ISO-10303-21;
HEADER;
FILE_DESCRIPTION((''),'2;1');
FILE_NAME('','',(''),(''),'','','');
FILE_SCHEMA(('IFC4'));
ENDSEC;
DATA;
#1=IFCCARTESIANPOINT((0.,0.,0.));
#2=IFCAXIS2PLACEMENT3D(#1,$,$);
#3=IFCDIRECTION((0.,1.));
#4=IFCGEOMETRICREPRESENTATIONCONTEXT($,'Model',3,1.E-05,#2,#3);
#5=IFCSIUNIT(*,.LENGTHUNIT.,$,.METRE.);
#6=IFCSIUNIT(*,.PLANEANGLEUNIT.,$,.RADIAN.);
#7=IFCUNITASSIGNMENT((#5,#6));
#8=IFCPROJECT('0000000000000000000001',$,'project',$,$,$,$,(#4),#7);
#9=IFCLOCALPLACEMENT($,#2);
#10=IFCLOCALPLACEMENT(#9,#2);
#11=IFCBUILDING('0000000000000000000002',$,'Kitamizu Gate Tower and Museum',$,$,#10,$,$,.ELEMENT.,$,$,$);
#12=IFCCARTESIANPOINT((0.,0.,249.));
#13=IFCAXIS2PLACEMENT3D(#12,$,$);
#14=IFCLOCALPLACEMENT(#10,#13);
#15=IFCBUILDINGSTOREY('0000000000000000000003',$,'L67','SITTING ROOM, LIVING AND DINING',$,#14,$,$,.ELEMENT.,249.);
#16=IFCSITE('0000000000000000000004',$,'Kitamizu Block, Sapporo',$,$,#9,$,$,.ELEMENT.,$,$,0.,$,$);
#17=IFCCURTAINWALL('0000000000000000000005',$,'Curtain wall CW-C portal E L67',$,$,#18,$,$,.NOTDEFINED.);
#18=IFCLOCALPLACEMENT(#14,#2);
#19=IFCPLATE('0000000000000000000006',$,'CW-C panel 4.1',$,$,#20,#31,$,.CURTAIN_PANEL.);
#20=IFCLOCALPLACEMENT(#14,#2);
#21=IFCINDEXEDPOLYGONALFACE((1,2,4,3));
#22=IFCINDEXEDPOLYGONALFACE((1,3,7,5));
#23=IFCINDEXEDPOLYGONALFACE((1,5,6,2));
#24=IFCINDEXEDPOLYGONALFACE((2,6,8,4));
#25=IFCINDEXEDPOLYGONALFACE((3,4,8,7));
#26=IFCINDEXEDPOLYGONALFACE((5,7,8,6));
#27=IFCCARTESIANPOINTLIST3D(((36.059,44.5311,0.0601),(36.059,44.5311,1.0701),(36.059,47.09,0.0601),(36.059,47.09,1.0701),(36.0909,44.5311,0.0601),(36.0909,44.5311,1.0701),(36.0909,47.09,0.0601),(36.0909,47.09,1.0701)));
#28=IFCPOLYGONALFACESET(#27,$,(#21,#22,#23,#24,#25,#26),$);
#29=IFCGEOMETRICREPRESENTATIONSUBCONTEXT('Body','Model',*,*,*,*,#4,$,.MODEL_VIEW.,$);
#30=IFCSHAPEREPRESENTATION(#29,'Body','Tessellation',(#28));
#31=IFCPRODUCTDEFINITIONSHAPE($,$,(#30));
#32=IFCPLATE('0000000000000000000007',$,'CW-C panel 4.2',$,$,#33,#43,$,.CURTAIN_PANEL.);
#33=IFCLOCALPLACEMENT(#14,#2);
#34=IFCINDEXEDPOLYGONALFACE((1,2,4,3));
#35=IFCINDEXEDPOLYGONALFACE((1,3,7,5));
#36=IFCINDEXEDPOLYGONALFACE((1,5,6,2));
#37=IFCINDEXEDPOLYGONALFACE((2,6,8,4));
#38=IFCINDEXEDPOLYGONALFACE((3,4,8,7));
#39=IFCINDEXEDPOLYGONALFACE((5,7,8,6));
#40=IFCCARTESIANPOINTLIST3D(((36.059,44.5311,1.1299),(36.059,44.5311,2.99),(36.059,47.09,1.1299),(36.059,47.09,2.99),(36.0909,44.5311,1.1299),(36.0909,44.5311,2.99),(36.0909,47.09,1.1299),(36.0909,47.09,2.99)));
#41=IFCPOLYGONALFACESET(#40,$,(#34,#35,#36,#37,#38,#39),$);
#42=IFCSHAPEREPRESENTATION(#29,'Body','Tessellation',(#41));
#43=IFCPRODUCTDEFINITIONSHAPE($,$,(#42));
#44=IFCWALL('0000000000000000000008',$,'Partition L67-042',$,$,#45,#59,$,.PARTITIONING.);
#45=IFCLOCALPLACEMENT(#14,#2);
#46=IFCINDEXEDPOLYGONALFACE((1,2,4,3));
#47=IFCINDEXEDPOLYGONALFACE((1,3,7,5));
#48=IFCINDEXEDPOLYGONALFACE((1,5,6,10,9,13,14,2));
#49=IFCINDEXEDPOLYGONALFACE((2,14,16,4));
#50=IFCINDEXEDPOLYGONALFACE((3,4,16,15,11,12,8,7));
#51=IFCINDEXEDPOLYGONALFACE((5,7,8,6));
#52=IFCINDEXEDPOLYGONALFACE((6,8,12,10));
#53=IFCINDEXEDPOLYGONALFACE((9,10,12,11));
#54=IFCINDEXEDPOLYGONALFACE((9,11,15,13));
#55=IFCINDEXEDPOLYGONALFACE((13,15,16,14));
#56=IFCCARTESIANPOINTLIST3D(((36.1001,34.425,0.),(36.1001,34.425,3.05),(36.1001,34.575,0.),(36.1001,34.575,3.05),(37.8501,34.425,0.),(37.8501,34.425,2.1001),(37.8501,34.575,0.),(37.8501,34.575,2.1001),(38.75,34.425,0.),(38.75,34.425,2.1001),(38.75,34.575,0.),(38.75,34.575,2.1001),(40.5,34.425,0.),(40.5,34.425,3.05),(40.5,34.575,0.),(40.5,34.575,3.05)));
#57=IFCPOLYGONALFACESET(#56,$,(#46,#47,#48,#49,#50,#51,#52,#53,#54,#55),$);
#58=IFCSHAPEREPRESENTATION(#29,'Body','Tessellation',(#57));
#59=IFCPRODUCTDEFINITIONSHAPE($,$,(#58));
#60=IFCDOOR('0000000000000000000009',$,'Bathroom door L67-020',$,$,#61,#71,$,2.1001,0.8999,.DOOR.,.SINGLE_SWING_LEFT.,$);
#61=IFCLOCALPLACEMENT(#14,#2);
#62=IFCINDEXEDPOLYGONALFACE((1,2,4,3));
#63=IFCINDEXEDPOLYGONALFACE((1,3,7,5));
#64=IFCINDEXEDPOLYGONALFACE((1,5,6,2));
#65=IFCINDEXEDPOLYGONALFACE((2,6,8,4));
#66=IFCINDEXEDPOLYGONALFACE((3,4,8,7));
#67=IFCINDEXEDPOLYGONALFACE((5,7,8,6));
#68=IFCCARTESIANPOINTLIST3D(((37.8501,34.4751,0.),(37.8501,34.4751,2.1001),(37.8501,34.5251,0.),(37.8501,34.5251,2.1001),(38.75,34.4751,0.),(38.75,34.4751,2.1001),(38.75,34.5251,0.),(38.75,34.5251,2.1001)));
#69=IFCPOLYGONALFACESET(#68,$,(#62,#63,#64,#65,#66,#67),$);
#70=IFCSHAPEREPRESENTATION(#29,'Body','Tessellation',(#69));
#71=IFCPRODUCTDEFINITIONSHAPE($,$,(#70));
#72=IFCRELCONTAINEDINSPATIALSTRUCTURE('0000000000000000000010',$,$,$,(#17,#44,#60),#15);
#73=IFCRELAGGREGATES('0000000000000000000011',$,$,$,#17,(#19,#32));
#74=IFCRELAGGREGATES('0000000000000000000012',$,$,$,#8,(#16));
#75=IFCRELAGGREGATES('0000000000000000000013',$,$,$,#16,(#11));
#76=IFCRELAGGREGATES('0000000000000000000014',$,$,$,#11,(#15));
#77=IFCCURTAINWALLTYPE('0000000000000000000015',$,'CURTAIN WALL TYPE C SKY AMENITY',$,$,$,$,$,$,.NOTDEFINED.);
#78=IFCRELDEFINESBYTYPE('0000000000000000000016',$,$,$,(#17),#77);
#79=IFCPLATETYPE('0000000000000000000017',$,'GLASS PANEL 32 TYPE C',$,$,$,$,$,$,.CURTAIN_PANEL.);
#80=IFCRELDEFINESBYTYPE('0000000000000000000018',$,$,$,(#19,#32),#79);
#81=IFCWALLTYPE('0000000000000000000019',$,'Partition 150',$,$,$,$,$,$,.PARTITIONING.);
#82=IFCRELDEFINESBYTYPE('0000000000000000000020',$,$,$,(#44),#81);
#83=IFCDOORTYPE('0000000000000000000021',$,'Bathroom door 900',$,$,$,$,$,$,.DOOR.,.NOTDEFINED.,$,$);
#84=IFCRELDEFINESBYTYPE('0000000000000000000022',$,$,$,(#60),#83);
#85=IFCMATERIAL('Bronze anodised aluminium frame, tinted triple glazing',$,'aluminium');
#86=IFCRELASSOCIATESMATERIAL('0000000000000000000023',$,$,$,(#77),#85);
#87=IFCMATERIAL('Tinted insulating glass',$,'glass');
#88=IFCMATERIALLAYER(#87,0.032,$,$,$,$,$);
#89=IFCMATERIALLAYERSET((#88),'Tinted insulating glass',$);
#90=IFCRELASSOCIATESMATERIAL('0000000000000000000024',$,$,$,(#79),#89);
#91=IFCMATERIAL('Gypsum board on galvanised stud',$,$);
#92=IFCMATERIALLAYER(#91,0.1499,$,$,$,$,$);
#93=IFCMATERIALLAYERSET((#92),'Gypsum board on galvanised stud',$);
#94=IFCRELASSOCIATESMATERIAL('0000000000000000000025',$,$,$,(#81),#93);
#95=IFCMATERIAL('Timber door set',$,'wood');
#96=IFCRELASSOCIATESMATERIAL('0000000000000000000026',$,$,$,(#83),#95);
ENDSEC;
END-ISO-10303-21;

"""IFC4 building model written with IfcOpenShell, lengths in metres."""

from ifc_helpers import new_model, si_unit, direction, frame, frame_2d, origin, origin_2d, place, context, subcontext, project, spatial, rectangle, extrude, material, layer, layer_set, type_object, element, fill, aggregate, save


model = new_model("IFC4")

# Units and contexts
model_context = context("Model", 3, precision=1e-05, world=origin(), true_north=direction((0.0, 1.0)))
body_context = subcontext(model_context, "Body", "Model", "MODEL_VIEW")
ifc_project = project(units=[si_unit("LENGTHUNIT", "METRE"), si_unit("PLANEANGLEUNIT", "RADIAN")], contexts=[model_context])

# Site, building, storey
site_placement = place(None, origin())
site = spatial("IfcSite", under=ifc_project, at=site_placement, Name="Kitamizu Block, Sapporo", CompositionType="ELEMENT", RefElevation=0.0)
building_placement = place(site_placement, origin())
building = spatial("IfcBuilding", under=site, at=building_placement, Name="Kitamizu Gate Tower and Museum", CompositionType="ELEMENT")
storey_placement = place(building_placement, frame((0.0, 0.0, 249.0)))
storey = spatial("IfcBuildingStorey", under=building, at=storey_placement, Name="L67", Description="SITTING ROOM, LIVING AND DINING", CompositionType="ELEMENT", Elevation=249.0)

# Curtain wall
ifc_material_1 = material(Name="Bronze anodised aluminium frame, tinted triple glazing", Category="aluminium")
curtain_wall_type = type_object("IfcCurtainWallType", Name="CURTAIN WALL TYPE C SKY AMENITY", PredefinedType="NOTDEFINED", material=ifc_material_1)
curtain_wall_1_placement = place(storey_placement, origin())
curtain_wall_1 = element("IfcCurtainWall", 1, at=curtain_wall_1_placement, inside=storey, type_object=curtain_wall_type, Name="Curtain wall CW-C portal E L67", PredefinedType="NOTDEFINED")

# Plates
ifc_material_2 = material(Name="Tinted insulating glass", Category="glass")
ifc_layer_1 = layer(ifc_material_2, 0.032)
ifc_layer_set_1 = layer_set([ifc_layer_1], Name="Tinted insulating glass")
plate_type = type_object("IfcPlateType", Name="GLASS PANEL 32 TYPE C", PredefinedType="CURTAIN_PANEL", material=ifc_layer_set_1)
plate_1_placement = place(storey_placement, frame((36.075, 45.8105, 0.0601), z_axis=(0.0, 0.0, 1.0), x_axis=(0.0, 1.0, 0.0)))
plate_1 = element("IfcPlate", 2, at=plate_1_placement, type_object=plate_type, Name="CW-C panel 4.1", PredefinedType="CURTAIN_PANEL", context=body_context, shape_type="SweptSolid", body=[
    extrude(rectangle(XDim=2.5588, YDim=0.032, at=origin_2d()), origin(), (0.0, 0.0, 1.0), 1.01),
])
plate_2_placement = place(storey_placement, frame((36.075, 45.8105, 1.1299), z_axis=(0.0, 0.0, 1.0), x_axis=(0.0, 1.0, 0.0)))
plate_2 = element("IfcPlate", 3, at=plate_2_placement, type_object=plate_type, Name="CW-C panel 4.2", PredefinedType="CURTAIN_PANEL", context=body_context, shape_type="SweptSolid", body=[
    extrude(rectangle(XDim=2.5588, YDim=0.032, at=origin_2d()), origin(), (0.0, 0.0, 1.0), 1.8601),
])
aggregate(curtain_wall_1, [plate_1, plate_2])

# Wall, opening, door
ifc_material_3 = material(Name="Gypsum board on galvanised stud")
ifc_layer_2 = layer(ifc_material_3, 0.1499)
ifc_layer_set_2 = layer_set([ifc_layer_2], Name="Gypsum board on galvanised stud")
wall_type = type_object("IfcWallType", Name="Partition 150", PredefinedType="PARTITIONING", material=ifc_layer_set_2)
wall_placement = place(storey_placement, frame((36.1001, 34.5, 0.0), z_axis=(0.0, 0.0, 1.0), x_axis=(1.0, 0.0, 0.0)))
wall = element("IfcWall", 4, at=wall_placement, inside=storey, type_object=wall_type, Name="Partition L67-042", PredefinedType="PARTITIONING", context=body_context, shape_type="SweptSolid", body=[
    extrude(rectangle(XDim=4.3999, YDim=0.1499, at=frame_2d((2.2, 0.0))), origin(), (0.0, 0.0, 1.0), 3.05),
])
opening_placement = place(wall_placement, frame((1.75, 0.0, 0.0)))
opening = element("IfcOpeningElement", 5, at=opening_placement, cuts=wall, PredefinedType="OPENING", context=body_context, shape_type="SweptSolid", body=[
    extrude(rectangle(XDim=0.8999, YDim=2.1001, at=frame_2d((0.45, 1.05))), frame((0.0, 0.085, 0.0), z_axis=(0.0, -1.0, 0.0), x_axis=(1.0, 0.0, 0.0)), (0.0, 0.0, 1.0), 0.1699),
])
ifc_material_4 = material(Name="Timber door set", Category="wood")
door_type = type_object("IfcDoorType", Name="Bathroom door 900", OperationType="NOTDEFINED", PredefinedType="DOOR", material=ifc_material_4)
door_placement = place(opening_placement, frame((0.8999, 0.0, 0.0), x_axis=(-1.0, 0.0, 0.0)))
door = element("IfcDoor", 6, at=door_placement, inside=storey, type_object=door_type, Name="Bathroom door L67-020", OperationType="SINGLE_SWING_LEFT", OverallHeight=2.1001, OverallWidth=0.8999, PredefinedType="DOOR", context=body_context, shape_type="SweptSolid", body=[
    extrude(rectangle(XDim=0.8999, YDim=2.1001, at=frame_2d((0.45, 1.05))), frame((0.0, 0.0249, 0.0), z_axis=(0.0, -1.0, 0.0), x_axis=(1.0, 0.0, 0.0)), (0.0, 0.0, 1.0), 0.05),
])
fill(opening, door)

save(model, "model.ifc")
